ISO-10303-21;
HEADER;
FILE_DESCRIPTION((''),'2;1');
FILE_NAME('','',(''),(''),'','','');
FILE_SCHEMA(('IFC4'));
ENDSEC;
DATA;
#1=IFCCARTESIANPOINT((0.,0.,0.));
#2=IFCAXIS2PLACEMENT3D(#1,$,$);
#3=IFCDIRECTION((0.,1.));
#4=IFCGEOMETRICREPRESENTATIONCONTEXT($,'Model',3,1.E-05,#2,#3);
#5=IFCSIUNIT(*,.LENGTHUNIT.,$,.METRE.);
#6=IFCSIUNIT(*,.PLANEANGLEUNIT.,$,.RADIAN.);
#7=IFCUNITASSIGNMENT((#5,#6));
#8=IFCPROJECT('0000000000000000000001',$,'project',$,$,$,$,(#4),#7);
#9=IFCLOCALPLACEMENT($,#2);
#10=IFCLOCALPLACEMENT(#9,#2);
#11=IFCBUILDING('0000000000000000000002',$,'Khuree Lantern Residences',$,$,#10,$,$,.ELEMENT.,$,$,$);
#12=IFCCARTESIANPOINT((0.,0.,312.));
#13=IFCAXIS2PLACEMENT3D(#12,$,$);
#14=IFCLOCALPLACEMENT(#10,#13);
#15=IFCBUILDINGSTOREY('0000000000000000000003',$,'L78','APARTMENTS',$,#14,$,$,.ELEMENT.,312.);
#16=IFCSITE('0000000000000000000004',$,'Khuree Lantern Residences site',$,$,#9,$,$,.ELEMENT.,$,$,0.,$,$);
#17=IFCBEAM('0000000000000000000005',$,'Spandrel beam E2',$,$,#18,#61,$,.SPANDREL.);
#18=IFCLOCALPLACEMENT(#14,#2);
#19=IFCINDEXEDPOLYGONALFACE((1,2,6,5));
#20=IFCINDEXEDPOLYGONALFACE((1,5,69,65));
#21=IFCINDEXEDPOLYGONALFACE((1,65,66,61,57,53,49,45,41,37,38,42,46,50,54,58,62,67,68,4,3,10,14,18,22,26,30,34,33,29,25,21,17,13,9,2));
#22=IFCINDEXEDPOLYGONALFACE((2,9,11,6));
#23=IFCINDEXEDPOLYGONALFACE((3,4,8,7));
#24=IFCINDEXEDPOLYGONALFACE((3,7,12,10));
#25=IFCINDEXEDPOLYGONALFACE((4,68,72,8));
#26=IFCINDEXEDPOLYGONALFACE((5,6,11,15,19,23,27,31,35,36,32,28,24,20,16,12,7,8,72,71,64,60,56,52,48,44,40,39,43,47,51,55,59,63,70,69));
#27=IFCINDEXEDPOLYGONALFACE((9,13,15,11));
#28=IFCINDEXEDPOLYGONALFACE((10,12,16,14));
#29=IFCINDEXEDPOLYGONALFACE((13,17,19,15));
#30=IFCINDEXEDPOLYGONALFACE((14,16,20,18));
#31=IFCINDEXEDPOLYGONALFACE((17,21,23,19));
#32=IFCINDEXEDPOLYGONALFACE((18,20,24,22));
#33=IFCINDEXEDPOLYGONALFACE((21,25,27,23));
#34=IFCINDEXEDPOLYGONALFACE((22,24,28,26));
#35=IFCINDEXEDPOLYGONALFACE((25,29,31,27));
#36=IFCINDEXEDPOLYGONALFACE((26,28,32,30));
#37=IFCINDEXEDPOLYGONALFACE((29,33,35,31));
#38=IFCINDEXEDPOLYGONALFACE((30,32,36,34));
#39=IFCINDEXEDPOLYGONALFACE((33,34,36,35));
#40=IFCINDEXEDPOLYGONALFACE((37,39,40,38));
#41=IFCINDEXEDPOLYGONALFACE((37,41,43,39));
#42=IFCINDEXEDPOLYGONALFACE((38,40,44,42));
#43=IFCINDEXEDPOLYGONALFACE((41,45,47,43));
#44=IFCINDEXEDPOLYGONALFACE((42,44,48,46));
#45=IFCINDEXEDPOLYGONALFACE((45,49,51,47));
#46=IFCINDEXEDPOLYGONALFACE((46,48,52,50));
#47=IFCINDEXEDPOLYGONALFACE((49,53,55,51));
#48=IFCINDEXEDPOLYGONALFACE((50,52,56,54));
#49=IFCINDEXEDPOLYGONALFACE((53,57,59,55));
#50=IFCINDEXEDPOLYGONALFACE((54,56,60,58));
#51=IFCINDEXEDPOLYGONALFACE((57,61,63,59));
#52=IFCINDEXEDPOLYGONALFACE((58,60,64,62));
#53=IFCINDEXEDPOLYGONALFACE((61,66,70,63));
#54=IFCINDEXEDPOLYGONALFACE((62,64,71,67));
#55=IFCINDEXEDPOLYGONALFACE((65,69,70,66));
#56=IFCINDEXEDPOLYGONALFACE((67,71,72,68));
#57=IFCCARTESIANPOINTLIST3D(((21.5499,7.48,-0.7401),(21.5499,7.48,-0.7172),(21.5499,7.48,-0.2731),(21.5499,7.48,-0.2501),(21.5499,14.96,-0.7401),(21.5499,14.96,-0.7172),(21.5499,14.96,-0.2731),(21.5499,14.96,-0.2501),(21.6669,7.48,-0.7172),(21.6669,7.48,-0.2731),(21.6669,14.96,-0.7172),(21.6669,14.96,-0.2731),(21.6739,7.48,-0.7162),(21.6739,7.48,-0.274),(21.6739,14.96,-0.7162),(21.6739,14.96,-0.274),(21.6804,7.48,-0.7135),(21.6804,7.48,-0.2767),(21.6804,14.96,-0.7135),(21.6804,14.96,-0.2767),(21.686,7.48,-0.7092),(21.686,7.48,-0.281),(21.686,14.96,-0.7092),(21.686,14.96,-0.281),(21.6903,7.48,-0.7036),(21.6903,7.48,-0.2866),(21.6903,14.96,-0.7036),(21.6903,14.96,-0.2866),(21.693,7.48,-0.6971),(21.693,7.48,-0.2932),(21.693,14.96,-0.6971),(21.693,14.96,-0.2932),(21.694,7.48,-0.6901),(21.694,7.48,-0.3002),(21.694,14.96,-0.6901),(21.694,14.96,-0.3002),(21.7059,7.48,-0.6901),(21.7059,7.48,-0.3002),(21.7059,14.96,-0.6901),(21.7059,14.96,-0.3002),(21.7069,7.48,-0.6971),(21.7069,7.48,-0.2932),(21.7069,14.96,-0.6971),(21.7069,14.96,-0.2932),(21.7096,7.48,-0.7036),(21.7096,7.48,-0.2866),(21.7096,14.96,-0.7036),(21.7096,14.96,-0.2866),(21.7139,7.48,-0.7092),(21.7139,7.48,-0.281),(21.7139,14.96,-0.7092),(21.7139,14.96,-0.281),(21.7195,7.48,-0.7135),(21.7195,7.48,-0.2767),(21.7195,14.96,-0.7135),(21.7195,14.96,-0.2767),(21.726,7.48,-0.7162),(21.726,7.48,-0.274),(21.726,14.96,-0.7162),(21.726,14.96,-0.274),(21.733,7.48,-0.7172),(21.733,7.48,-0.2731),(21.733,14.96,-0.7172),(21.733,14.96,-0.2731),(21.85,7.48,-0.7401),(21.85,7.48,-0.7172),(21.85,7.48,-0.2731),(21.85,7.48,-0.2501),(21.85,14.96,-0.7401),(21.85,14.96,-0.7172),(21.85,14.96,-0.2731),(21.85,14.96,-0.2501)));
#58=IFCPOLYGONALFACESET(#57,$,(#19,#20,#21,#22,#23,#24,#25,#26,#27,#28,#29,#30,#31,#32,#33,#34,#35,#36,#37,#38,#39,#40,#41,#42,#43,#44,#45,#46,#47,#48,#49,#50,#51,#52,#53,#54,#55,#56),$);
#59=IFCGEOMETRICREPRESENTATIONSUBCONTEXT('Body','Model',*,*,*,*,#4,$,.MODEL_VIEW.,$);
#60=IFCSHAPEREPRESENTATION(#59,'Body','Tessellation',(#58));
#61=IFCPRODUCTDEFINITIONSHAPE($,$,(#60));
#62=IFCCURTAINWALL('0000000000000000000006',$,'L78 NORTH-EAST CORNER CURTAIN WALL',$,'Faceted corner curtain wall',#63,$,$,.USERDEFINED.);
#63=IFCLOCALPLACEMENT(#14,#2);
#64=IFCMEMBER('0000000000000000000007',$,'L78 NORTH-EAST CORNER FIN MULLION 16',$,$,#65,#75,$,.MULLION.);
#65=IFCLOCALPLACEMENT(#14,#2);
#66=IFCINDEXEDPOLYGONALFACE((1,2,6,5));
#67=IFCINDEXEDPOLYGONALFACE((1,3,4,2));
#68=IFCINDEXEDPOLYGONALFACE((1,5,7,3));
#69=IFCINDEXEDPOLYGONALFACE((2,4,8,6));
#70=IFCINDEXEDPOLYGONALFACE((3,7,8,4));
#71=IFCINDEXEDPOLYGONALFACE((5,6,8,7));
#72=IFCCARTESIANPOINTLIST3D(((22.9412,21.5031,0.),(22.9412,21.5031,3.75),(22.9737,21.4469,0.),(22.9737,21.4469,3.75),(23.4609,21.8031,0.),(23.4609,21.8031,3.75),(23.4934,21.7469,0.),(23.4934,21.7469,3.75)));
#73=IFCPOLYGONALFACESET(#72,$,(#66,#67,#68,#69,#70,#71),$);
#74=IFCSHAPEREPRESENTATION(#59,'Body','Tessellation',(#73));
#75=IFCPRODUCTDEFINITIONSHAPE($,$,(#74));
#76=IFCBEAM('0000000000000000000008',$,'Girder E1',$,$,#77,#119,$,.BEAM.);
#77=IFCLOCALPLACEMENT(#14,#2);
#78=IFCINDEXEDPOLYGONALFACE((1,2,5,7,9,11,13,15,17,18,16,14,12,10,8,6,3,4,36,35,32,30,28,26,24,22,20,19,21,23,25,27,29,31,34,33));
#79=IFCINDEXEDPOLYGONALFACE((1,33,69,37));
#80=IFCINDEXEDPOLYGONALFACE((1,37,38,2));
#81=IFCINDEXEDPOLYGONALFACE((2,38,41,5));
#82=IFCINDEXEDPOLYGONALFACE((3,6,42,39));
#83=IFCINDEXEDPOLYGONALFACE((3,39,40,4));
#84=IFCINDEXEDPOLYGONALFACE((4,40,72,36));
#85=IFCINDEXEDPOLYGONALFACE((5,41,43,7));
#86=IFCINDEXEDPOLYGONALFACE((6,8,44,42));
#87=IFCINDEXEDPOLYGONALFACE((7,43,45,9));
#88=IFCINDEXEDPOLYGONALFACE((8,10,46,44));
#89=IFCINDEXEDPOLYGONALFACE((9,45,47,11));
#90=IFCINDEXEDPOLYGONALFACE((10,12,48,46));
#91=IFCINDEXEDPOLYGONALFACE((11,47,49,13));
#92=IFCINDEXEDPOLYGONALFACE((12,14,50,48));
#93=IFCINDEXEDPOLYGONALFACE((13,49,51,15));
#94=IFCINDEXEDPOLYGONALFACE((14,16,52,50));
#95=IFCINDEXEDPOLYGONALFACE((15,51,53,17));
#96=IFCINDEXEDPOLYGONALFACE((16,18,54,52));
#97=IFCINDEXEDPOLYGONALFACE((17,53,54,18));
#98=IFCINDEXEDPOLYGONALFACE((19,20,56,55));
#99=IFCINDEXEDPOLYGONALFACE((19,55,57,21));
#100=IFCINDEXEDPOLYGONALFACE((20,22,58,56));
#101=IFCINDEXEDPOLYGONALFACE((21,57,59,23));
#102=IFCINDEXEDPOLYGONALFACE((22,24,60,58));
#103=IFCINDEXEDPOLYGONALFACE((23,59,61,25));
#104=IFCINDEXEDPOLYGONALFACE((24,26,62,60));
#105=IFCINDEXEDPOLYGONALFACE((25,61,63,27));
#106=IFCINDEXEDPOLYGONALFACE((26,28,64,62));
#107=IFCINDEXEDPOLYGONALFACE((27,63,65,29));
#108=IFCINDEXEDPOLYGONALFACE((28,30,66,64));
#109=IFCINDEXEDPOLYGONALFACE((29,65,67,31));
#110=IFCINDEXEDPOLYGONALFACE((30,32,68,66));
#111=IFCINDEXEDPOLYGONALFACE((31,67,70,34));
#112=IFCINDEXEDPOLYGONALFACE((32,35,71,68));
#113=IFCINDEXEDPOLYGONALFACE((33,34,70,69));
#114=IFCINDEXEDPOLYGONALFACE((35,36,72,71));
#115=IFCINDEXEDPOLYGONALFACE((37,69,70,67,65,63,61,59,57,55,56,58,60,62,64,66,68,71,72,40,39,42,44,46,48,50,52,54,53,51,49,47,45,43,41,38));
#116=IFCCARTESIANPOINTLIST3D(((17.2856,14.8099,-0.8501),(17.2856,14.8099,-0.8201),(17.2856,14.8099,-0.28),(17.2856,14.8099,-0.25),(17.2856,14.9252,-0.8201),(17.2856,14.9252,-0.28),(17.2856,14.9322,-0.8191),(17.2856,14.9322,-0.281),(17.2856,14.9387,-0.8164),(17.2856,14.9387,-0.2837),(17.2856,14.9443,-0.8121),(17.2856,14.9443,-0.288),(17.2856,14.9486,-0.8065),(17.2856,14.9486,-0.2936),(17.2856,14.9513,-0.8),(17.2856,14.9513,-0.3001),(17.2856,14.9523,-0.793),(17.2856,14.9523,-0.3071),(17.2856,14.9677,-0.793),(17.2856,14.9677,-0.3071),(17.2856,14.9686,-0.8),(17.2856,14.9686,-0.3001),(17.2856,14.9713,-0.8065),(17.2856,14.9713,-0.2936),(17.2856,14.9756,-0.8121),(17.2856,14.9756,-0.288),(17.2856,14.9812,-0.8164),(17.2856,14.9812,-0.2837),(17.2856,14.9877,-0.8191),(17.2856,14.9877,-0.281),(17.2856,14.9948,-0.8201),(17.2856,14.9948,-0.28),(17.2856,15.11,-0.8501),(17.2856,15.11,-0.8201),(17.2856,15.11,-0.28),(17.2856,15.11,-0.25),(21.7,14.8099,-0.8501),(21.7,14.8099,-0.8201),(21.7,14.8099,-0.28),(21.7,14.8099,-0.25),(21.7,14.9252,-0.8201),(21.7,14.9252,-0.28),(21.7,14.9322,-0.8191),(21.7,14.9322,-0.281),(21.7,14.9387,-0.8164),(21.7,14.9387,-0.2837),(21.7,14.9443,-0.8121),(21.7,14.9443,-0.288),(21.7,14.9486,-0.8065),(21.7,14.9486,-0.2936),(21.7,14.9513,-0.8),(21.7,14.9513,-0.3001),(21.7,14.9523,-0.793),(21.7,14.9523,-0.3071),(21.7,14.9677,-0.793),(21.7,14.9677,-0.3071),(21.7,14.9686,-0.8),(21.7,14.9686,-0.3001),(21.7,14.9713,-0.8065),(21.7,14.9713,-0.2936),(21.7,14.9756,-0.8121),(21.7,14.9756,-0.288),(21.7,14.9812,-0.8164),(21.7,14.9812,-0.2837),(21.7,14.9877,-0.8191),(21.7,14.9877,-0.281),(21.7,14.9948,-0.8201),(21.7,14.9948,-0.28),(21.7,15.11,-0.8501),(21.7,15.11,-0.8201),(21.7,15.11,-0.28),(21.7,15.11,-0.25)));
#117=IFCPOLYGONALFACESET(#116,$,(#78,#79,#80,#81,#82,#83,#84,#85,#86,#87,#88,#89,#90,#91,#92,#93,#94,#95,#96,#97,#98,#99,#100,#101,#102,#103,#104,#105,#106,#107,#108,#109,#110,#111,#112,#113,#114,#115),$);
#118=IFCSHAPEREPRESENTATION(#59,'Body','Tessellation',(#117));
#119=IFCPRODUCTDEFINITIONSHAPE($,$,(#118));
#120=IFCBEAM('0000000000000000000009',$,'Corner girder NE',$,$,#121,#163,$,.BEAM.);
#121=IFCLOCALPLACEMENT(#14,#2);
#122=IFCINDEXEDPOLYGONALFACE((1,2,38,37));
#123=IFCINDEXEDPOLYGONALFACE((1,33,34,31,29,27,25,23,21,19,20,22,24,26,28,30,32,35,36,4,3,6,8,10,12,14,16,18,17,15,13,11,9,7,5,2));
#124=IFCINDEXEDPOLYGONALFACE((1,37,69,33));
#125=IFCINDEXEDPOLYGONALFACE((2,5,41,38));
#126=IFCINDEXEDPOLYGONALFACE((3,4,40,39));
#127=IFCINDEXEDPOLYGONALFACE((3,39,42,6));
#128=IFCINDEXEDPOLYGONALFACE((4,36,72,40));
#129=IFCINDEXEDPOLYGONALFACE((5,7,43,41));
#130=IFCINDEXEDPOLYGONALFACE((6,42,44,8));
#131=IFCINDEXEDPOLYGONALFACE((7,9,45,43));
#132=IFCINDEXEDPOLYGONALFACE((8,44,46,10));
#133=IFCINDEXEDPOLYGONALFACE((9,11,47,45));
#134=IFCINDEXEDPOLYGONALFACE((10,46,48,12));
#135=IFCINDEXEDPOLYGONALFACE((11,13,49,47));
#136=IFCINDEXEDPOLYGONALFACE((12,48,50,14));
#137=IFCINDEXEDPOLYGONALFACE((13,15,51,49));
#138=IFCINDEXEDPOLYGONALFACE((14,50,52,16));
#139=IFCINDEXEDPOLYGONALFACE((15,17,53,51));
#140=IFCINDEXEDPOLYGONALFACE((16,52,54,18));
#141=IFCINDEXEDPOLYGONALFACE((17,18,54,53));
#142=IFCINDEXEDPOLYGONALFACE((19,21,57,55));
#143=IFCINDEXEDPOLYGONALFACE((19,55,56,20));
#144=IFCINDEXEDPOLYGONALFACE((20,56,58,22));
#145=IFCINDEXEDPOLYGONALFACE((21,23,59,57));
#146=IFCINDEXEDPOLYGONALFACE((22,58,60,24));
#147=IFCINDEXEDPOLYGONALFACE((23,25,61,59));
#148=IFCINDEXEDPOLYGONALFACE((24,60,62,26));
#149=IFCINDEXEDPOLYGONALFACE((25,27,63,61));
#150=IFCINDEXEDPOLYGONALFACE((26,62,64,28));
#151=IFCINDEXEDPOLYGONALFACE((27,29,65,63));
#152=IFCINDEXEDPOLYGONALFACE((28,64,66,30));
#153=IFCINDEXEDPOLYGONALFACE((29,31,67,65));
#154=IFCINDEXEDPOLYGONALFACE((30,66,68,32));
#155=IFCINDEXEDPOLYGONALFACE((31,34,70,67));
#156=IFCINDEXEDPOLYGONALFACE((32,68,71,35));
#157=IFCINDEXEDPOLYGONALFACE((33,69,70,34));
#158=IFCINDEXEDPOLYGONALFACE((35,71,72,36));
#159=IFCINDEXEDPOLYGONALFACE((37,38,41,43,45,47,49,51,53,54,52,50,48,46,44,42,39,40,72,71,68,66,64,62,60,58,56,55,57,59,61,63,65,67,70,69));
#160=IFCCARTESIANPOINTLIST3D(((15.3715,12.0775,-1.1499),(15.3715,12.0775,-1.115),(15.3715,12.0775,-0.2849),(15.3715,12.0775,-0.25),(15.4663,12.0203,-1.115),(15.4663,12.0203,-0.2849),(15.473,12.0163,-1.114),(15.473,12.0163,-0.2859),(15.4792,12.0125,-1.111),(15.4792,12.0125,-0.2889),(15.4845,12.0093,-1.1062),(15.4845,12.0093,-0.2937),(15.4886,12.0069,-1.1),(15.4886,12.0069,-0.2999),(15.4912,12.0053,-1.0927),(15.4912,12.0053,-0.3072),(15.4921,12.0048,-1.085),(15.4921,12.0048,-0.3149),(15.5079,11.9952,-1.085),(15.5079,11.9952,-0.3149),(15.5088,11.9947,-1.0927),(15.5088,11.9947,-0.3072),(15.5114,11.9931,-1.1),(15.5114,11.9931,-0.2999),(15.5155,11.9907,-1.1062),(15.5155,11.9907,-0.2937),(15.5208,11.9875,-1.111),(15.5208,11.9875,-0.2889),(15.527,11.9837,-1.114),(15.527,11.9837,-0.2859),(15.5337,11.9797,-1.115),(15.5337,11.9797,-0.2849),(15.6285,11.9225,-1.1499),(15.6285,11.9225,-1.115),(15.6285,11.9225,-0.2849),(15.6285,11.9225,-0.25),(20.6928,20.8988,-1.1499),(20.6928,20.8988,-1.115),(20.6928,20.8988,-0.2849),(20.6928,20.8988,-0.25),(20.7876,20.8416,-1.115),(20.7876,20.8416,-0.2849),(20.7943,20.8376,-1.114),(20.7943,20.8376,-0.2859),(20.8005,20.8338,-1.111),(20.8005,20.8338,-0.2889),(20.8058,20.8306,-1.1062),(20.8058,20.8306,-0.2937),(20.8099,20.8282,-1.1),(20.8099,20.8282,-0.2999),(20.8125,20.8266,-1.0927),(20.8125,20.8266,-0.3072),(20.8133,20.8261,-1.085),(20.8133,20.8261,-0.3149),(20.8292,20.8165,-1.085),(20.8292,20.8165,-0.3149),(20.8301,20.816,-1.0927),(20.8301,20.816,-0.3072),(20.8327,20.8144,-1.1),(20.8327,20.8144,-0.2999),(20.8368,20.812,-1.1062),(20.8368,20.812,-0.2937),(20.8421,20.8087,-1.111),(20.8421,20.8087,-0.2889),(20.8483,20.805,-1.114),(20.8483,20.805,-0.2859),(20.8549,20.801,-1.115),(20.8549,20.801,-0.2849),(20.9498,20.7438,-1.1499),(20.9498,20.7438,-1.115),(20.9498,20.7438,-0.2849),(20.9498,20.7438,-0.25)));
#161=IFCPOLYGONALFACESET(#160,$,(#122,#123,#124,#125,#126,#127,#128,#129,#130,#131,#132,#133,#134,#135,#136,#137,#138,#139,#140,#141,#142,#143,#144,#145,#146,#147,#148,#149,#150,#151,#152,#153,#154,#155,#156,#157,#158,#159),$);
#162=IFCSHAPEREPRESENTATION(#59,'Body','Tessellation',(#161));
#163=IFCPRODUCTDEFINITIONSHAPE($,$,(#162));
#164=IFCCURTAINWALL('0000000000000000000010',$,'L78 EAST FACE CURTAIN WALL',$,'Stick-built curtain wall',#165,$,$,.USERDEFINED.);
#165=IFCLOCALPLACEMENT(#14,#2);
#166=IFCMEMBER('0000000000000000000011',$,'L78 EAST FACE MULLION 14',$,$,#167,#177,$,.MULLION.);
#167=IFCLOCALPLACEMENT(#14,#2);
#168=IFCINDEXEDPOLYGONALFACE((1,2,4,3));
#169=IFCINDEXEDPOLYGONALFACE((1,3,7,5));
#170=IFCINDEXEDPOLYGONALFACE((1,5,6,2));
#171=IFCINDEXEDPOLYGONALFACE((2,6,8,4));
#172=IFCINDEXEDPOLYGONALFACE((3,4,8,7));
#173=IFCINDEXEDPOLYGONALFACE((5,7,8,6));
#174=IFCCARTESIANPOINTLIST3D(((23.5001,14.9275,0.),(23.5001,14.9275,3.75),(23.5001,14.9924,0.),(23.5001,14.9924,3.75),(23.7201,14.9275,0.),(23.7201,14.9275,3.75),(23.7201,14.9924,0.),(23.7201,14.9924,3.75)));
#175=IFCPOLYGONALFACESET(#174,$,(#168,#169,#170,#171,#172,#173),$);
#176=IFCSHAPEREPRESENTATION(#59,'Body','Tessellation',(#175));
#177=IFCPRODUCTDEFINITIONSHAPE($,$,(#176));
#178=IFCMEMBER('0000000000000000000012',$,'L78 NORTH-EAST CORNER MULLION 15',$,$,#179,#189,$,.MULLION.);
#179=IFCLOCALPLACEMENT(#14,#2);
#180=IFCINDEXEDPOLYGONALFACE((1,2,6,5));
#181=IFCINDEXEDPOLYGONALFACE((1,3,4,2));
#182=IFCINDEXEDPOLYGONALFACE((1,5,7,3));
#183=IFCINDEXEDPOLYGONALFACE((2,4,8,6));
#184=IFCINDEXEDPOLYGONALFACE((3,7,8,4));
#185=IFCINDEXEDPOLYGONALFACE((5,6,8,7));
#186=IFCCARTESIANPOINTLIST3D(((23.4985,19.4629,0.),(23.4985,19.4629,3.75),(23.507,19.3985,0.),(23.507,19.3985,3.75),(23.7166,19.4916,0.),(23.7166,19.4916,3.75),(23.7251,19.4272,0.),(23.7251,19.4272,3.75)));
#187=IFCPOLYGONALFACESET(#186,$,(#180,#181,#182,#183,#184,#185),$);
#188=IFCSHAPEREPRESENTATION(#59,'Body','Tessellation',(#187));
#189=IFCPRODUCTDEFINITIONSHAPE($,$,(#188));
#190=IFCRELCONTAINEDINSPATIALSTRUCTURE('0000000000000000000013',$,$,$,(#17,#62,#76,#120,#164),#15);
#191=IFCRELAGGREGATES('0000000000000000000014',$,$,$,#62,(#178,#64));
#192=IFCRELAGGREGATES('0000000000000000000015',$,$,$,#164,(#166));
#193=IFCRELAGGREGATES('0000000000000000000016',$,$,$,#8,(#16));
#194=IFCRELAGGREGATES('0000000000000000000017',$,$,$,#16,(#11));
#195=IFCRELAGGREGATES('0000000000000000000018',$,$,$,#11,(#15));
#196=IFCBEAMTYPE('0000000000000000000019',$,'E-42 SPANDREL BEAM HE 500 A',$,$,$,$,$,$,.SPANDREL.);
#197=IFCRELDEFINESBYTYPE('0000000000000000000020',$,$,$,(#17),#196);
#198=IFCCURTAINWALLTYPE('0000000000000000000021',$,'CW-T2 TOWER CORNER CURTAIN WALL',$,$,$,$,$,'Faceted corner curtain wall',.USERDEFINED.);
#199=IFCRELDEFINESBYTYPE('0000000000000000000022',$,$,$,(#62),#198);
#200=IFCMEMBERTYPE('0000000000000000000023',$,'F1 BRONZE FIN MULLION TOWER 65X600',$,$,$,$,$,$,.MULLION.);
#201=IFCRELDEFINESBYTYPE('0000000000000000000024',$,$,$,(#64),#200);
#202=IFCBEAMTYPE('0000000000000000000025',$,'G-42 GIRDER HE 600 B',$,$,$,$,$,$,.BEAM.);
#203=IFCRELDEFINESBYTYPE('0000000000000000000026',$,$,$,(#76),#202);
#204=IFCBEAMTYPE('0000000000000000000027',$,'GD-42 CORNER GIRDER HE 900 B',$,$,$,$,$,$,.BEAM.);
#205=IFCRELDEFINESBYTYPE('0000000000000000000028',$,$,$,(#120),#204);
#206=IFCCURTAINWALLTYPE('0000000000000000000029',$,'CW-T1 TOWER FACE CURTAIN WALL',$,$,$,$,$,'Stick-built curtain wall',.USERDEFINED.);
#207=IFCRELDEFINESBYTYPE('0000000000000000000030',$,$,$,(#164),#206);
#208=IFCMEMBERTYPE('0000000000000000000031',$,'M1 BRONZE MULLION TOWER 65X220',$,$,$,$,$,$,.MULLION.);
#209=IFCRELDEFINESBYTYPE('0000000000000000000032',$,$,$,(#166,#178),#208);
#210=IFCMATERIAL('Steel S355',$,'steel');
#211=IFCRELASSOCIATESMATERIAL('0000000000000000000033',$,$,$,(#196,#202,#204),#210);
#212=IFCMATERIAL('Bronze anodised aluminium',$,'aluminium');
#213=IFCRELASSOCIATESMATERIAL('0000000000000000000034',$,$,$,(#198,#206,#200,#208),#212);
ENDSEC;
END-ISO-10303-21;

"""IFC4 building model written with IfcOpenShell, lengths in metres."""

from ifc_helpers import new_model, si_unit, direction, frame, origin, origin_2d, place, context, subcontext, project, spatial, rectangle, i_section, extrude, material, material_profile, profile_set, type_object, element, aggregate, save


model = new_model("IFC4")

# Units and contexts
model_context = context("Model", 3, precision=1e-05, world=origin(), true_north=direction((0.0, 1.0)))
body_context = subcontext(model_context, "Body", "Model", "MODEL_VIEW")
ifc_project = project(units=[si_unit("LENGTHUNIT", "METRE"), si_unit("PLANEANGLEUNIT", "RADIAN")], contexts=[model_context])

# Site, building, storey
site_placement = place(None, origin())
site = spatial("IfcSite", under=ifc_project, at=site_placement, Name="Khuree Lantern Residences site", CompositionType="ELEMENT", RefElevation=0.0)
building_placement = place(site_placement, origin())
building = spatial("IfcBuilding", under=site, at=building_placement, Name="Khuree Lantern Residences", CompositionType="ELEMENT")
storey_placement = place(building_placement, frame((0.0, 0.0, 312.0)))
storey = spatial("IfcBuildingStorey", under=building, at=storey_placement, Name="L78", Description="APARTMENTS", CompositionType="ELEMENT", Elevation=312.0)

# Beam
ifc_material_1 = material(Name="Steel S355", Category="steel")
ifc_material_profile_1 = material_profile(ifc_material_1, i_section(OverallWidth=0.3, OverallDepth=0.49, WebThickness=0.012, FlangeThickness=0.0229, FilletRadius=0.0271, at=origin_2d()), Name="HE 500 A")
ifc_profile_set_1 = profile_set([ifc_material_profile_1], Name="Steel S355")
beam_type_1 = type_object("IfcBeamType", Name="E-42 SPANDREL BEAM HE 500 A", PredefinedType="SPANDREL", material=ifc_profile_set_1)
beam_1_placement = place(storey_placement, frame((21.7, 14.96, -0.4951), z_axis=(0.0, -1.0, 0.0), x_axis=(1.0, 0.0, 0.0)))
element("IfcBeam", 1, at=beam_1_placement, inside=storey, type_object=beam_type_1, Name="Spandrel beam E2", PredefinedType="SPANDREL", context=body_context, shape_type="SweptSolid", body=[
    extrude(i_section(OverallWidth=0.3, OverallDepth=0.49, WebThickness=0.012, FlangeThickness=0.0229, FilletRadius=0.0271, at=origin_2d()), origin(), (0.0, 0.0, 1.0), 7.48),
])

# Curtain wall, member
ifc_material_2 = material(Name="Bronze anodised aluminium", Category="aluminium")
curtain_wall_type_1 = type_object("IfcCurtainWallType", Name="CW-T2 TOWER CORNER CURTAIN WALL", ElementType="Faceted corner curtain wall", PredefinedType="USERDEFINED", material=ifc_material_2)
curtain_wall_1_placement = place(storey_placement, origin())
curtain_wall_1 = element("IfcCurtainWall", 2, at=curtain_wall_1_placement, inside=storey, type_object=curtain_wall_type_1, Name="L78 NORTH-EAST CORNER CURTAIN WALL", ObjectType="Faceted corner curtain wall", PredefinedType="USERDEFINED")
ifc_material_profile_2 = material_profile(ifc_material_2, rectangle(XDim=0.0649, YDim=0.6001, at=origin_2d()), Name="F1 65X600")
ifc_profile_set_2 = profile_set([ifc_material_profile_2], Name="Bronze anodised aluminium")
member_type_1 = type_object("IfcMemberType", Name="F1 BRONZE FIN MULLION TOWER 65X600", PredefinedType="MULLION", material=ifc_profile_set_2)
member_1_placement = place(storey_placement, frame((23.2173, 21.625, 0.0), z_axis=(0.0, 0.0, 1.0), x_axis=(-0.5, 0.866025, 0.0)))
member_1 = element("IfcMember", 3, at=member_1_placement, type_object=member_type_1, Name="L78 NORTH-EAST CORNER FIN MULLION 16", PredefinedType="MULLION", context=body_context, shape_type="SweptSolid", body=[
    extrude(rectangle(XDim=0.0649, YDim=0.6001, at=origin_2d()), origin(), (0.0, 0.0, 1.0), 3.75),
])

# Beams
ifc_material_profile_3 = material_profile(ifc_material_1, i_section(OverallWidth=0.3, OverallDepth=0.6001, WebThickness=0.0154, FlangeThickness=0.03, FilletRadius=0.0271, at=origin_2d()), Name="HE 600 B")
ifc_profile_set_3 = profile_set([ifc_material_profile_3], Name="Steel S355")
beam_type_2 = type_object("IfcBeamType", Name="G-42 GIRDER HE 600 B", PredefinedType="BEAM", material=ifc_profile_set_3)
beam_2_placement = place(storey_placement, frame((21.7, 14.96, -0.55), z_axis=(-1.0, 0.0, 0.0), x_axis=(0.0, -1.0, 0.0)))
element("IfcBeam", 4, at=beam_2_placement, inside=storey, type_object=beam_type_2, Name="Girder E1", PredefinedType="BEAM", context=body_context, shape_type="SweptSolid", body=[
    extrude(i_section(OverallWidth=0.3, OverallDepth=0.6001, WebThickness=0.0154, FlangeThickness=0.03, FilletRadius=0.0271, at=origin_2d()), origin(), (0.0, 0.0, 1.0), 4.4143),
])
ifc_material_profile_4 = material_profile(ifc_material_1, i_section(OverallWidth=0.3, OverallDepth=0.8999, WebThickness=0.0186, FlangeThickness=0.0349, FilletRadius=0.03, at=origin_2d()), Name="HE 900 B")
ifc_profile_set_4 = profile_set([ifc_material_profile_4], Name="Steel S355")
beam_type_3 = type_object("IfcBeamType", Name="GD-42 CORNER GIRDER HE 900 B", PredefinedType="BEAM", material=ifc_profile_set_4)
beam_3_placement = place(storey_placement, frame((20.8213, 20.8213, -0.7), z_axis=(-0.51653, -0.856269, 0.0), x_axis=(0.856269, -0.51653, 0.0)))
element("IfcBeam", 5, at=beam_3_placement, inside=storey, type_object=beam_type_3, Name="Corner girder NE", PredefinedType="BEAM", context=body_context, shape_type="SweptSolid", body=[
    extrude(i_section(OverallWidth=0.3, OverallDepth=0.8999, WebThickness=0.0186, FlangeThickness=0.0349, FilletRadius=0.03, at=origin_2d()), origin(), (0.0, 0.0, 1.0), 10.302),
])

# Curtain wall, member
curtain_wall_type_2 = type_object("IfcCurtainWallType", Name="CW-T1 TOWER FACE CURTAIN WALL", ElementType="Stick-built curtain wall", PredefinedType="USERDEFINED", material=ifc_material_2)
curtain_wall_2_placement = place(storey_placement, origin())
curtain_wall_2 = element("IfcCurtainWall", 6, at=curtain_wall_2_placement, inside=storey, type_object=curtain_wall_type_2, Name="L78 EAST FACE CURTAIN WALL", ObjectType="Stick-built curtain wall", PredefinedType="USERDEFINED")
ifc_material_profile_5 = material_profile(ifc_material_2, rectangle(XDim=0.0649, YDim=0.22, at=origin_2d()), Name="M1 65X220")
ifc_profile_set_5 = profile_set([ifc_material_profile_5], Name="Bronze anodised aluminium")
member_type_2 = type_object("IfcMemberType", Name="M1 BRONZE MULLION TOWER 65X220", PredefinedType="MULLION", material=ifc_profile_set_5)
member_2_placement = place(storey_placement, frame((23.6101, 14.96, 0.0), z_axis=(0.0, 0.0, 1.0), x_axis=(0.0, 1.0, 0.0)))
member_2 = element("IfcMember", 7, at=member_2_placement, type_object=member_type_2, Name="L78 EAST FACE MULLION 14", PredefinedType="MULLION", context=body_context, shape_type="SweptSolid", body=[
    extrude(rectangle(XDim=0.0649, YDim=0.22, at=origin_2d()), origin(), (0.0, 0.0, 1.0), 3.75),
])

# Member
member_3_placement = place(storey_placement, frame((23.6118, 19.4451, 0.0), z_axis=(0.0, 0.0, 1.0), x_axis=(-0.130526, 0.991445, 0.0)))
member_3 = element("IfcMember", 8, at=member_3_placement, type_object=member_type_2, Name="L78 NORTH-EAST CORNER MULLION 15", PredefinedType="MULLION", context=body_context, shape_type="SweptSolid", body=[
    extrude(rectangle(XDim=0.0649, YDim=0.22, at=origin_2d()), origin(), (0.0, 0.0, 1.0), 3.75),
])

aggregate(curtain_wall_1, [member_3, member_1])
aggregate(curtain_wall_2, [member_2])

save(model, "model.ifc")
